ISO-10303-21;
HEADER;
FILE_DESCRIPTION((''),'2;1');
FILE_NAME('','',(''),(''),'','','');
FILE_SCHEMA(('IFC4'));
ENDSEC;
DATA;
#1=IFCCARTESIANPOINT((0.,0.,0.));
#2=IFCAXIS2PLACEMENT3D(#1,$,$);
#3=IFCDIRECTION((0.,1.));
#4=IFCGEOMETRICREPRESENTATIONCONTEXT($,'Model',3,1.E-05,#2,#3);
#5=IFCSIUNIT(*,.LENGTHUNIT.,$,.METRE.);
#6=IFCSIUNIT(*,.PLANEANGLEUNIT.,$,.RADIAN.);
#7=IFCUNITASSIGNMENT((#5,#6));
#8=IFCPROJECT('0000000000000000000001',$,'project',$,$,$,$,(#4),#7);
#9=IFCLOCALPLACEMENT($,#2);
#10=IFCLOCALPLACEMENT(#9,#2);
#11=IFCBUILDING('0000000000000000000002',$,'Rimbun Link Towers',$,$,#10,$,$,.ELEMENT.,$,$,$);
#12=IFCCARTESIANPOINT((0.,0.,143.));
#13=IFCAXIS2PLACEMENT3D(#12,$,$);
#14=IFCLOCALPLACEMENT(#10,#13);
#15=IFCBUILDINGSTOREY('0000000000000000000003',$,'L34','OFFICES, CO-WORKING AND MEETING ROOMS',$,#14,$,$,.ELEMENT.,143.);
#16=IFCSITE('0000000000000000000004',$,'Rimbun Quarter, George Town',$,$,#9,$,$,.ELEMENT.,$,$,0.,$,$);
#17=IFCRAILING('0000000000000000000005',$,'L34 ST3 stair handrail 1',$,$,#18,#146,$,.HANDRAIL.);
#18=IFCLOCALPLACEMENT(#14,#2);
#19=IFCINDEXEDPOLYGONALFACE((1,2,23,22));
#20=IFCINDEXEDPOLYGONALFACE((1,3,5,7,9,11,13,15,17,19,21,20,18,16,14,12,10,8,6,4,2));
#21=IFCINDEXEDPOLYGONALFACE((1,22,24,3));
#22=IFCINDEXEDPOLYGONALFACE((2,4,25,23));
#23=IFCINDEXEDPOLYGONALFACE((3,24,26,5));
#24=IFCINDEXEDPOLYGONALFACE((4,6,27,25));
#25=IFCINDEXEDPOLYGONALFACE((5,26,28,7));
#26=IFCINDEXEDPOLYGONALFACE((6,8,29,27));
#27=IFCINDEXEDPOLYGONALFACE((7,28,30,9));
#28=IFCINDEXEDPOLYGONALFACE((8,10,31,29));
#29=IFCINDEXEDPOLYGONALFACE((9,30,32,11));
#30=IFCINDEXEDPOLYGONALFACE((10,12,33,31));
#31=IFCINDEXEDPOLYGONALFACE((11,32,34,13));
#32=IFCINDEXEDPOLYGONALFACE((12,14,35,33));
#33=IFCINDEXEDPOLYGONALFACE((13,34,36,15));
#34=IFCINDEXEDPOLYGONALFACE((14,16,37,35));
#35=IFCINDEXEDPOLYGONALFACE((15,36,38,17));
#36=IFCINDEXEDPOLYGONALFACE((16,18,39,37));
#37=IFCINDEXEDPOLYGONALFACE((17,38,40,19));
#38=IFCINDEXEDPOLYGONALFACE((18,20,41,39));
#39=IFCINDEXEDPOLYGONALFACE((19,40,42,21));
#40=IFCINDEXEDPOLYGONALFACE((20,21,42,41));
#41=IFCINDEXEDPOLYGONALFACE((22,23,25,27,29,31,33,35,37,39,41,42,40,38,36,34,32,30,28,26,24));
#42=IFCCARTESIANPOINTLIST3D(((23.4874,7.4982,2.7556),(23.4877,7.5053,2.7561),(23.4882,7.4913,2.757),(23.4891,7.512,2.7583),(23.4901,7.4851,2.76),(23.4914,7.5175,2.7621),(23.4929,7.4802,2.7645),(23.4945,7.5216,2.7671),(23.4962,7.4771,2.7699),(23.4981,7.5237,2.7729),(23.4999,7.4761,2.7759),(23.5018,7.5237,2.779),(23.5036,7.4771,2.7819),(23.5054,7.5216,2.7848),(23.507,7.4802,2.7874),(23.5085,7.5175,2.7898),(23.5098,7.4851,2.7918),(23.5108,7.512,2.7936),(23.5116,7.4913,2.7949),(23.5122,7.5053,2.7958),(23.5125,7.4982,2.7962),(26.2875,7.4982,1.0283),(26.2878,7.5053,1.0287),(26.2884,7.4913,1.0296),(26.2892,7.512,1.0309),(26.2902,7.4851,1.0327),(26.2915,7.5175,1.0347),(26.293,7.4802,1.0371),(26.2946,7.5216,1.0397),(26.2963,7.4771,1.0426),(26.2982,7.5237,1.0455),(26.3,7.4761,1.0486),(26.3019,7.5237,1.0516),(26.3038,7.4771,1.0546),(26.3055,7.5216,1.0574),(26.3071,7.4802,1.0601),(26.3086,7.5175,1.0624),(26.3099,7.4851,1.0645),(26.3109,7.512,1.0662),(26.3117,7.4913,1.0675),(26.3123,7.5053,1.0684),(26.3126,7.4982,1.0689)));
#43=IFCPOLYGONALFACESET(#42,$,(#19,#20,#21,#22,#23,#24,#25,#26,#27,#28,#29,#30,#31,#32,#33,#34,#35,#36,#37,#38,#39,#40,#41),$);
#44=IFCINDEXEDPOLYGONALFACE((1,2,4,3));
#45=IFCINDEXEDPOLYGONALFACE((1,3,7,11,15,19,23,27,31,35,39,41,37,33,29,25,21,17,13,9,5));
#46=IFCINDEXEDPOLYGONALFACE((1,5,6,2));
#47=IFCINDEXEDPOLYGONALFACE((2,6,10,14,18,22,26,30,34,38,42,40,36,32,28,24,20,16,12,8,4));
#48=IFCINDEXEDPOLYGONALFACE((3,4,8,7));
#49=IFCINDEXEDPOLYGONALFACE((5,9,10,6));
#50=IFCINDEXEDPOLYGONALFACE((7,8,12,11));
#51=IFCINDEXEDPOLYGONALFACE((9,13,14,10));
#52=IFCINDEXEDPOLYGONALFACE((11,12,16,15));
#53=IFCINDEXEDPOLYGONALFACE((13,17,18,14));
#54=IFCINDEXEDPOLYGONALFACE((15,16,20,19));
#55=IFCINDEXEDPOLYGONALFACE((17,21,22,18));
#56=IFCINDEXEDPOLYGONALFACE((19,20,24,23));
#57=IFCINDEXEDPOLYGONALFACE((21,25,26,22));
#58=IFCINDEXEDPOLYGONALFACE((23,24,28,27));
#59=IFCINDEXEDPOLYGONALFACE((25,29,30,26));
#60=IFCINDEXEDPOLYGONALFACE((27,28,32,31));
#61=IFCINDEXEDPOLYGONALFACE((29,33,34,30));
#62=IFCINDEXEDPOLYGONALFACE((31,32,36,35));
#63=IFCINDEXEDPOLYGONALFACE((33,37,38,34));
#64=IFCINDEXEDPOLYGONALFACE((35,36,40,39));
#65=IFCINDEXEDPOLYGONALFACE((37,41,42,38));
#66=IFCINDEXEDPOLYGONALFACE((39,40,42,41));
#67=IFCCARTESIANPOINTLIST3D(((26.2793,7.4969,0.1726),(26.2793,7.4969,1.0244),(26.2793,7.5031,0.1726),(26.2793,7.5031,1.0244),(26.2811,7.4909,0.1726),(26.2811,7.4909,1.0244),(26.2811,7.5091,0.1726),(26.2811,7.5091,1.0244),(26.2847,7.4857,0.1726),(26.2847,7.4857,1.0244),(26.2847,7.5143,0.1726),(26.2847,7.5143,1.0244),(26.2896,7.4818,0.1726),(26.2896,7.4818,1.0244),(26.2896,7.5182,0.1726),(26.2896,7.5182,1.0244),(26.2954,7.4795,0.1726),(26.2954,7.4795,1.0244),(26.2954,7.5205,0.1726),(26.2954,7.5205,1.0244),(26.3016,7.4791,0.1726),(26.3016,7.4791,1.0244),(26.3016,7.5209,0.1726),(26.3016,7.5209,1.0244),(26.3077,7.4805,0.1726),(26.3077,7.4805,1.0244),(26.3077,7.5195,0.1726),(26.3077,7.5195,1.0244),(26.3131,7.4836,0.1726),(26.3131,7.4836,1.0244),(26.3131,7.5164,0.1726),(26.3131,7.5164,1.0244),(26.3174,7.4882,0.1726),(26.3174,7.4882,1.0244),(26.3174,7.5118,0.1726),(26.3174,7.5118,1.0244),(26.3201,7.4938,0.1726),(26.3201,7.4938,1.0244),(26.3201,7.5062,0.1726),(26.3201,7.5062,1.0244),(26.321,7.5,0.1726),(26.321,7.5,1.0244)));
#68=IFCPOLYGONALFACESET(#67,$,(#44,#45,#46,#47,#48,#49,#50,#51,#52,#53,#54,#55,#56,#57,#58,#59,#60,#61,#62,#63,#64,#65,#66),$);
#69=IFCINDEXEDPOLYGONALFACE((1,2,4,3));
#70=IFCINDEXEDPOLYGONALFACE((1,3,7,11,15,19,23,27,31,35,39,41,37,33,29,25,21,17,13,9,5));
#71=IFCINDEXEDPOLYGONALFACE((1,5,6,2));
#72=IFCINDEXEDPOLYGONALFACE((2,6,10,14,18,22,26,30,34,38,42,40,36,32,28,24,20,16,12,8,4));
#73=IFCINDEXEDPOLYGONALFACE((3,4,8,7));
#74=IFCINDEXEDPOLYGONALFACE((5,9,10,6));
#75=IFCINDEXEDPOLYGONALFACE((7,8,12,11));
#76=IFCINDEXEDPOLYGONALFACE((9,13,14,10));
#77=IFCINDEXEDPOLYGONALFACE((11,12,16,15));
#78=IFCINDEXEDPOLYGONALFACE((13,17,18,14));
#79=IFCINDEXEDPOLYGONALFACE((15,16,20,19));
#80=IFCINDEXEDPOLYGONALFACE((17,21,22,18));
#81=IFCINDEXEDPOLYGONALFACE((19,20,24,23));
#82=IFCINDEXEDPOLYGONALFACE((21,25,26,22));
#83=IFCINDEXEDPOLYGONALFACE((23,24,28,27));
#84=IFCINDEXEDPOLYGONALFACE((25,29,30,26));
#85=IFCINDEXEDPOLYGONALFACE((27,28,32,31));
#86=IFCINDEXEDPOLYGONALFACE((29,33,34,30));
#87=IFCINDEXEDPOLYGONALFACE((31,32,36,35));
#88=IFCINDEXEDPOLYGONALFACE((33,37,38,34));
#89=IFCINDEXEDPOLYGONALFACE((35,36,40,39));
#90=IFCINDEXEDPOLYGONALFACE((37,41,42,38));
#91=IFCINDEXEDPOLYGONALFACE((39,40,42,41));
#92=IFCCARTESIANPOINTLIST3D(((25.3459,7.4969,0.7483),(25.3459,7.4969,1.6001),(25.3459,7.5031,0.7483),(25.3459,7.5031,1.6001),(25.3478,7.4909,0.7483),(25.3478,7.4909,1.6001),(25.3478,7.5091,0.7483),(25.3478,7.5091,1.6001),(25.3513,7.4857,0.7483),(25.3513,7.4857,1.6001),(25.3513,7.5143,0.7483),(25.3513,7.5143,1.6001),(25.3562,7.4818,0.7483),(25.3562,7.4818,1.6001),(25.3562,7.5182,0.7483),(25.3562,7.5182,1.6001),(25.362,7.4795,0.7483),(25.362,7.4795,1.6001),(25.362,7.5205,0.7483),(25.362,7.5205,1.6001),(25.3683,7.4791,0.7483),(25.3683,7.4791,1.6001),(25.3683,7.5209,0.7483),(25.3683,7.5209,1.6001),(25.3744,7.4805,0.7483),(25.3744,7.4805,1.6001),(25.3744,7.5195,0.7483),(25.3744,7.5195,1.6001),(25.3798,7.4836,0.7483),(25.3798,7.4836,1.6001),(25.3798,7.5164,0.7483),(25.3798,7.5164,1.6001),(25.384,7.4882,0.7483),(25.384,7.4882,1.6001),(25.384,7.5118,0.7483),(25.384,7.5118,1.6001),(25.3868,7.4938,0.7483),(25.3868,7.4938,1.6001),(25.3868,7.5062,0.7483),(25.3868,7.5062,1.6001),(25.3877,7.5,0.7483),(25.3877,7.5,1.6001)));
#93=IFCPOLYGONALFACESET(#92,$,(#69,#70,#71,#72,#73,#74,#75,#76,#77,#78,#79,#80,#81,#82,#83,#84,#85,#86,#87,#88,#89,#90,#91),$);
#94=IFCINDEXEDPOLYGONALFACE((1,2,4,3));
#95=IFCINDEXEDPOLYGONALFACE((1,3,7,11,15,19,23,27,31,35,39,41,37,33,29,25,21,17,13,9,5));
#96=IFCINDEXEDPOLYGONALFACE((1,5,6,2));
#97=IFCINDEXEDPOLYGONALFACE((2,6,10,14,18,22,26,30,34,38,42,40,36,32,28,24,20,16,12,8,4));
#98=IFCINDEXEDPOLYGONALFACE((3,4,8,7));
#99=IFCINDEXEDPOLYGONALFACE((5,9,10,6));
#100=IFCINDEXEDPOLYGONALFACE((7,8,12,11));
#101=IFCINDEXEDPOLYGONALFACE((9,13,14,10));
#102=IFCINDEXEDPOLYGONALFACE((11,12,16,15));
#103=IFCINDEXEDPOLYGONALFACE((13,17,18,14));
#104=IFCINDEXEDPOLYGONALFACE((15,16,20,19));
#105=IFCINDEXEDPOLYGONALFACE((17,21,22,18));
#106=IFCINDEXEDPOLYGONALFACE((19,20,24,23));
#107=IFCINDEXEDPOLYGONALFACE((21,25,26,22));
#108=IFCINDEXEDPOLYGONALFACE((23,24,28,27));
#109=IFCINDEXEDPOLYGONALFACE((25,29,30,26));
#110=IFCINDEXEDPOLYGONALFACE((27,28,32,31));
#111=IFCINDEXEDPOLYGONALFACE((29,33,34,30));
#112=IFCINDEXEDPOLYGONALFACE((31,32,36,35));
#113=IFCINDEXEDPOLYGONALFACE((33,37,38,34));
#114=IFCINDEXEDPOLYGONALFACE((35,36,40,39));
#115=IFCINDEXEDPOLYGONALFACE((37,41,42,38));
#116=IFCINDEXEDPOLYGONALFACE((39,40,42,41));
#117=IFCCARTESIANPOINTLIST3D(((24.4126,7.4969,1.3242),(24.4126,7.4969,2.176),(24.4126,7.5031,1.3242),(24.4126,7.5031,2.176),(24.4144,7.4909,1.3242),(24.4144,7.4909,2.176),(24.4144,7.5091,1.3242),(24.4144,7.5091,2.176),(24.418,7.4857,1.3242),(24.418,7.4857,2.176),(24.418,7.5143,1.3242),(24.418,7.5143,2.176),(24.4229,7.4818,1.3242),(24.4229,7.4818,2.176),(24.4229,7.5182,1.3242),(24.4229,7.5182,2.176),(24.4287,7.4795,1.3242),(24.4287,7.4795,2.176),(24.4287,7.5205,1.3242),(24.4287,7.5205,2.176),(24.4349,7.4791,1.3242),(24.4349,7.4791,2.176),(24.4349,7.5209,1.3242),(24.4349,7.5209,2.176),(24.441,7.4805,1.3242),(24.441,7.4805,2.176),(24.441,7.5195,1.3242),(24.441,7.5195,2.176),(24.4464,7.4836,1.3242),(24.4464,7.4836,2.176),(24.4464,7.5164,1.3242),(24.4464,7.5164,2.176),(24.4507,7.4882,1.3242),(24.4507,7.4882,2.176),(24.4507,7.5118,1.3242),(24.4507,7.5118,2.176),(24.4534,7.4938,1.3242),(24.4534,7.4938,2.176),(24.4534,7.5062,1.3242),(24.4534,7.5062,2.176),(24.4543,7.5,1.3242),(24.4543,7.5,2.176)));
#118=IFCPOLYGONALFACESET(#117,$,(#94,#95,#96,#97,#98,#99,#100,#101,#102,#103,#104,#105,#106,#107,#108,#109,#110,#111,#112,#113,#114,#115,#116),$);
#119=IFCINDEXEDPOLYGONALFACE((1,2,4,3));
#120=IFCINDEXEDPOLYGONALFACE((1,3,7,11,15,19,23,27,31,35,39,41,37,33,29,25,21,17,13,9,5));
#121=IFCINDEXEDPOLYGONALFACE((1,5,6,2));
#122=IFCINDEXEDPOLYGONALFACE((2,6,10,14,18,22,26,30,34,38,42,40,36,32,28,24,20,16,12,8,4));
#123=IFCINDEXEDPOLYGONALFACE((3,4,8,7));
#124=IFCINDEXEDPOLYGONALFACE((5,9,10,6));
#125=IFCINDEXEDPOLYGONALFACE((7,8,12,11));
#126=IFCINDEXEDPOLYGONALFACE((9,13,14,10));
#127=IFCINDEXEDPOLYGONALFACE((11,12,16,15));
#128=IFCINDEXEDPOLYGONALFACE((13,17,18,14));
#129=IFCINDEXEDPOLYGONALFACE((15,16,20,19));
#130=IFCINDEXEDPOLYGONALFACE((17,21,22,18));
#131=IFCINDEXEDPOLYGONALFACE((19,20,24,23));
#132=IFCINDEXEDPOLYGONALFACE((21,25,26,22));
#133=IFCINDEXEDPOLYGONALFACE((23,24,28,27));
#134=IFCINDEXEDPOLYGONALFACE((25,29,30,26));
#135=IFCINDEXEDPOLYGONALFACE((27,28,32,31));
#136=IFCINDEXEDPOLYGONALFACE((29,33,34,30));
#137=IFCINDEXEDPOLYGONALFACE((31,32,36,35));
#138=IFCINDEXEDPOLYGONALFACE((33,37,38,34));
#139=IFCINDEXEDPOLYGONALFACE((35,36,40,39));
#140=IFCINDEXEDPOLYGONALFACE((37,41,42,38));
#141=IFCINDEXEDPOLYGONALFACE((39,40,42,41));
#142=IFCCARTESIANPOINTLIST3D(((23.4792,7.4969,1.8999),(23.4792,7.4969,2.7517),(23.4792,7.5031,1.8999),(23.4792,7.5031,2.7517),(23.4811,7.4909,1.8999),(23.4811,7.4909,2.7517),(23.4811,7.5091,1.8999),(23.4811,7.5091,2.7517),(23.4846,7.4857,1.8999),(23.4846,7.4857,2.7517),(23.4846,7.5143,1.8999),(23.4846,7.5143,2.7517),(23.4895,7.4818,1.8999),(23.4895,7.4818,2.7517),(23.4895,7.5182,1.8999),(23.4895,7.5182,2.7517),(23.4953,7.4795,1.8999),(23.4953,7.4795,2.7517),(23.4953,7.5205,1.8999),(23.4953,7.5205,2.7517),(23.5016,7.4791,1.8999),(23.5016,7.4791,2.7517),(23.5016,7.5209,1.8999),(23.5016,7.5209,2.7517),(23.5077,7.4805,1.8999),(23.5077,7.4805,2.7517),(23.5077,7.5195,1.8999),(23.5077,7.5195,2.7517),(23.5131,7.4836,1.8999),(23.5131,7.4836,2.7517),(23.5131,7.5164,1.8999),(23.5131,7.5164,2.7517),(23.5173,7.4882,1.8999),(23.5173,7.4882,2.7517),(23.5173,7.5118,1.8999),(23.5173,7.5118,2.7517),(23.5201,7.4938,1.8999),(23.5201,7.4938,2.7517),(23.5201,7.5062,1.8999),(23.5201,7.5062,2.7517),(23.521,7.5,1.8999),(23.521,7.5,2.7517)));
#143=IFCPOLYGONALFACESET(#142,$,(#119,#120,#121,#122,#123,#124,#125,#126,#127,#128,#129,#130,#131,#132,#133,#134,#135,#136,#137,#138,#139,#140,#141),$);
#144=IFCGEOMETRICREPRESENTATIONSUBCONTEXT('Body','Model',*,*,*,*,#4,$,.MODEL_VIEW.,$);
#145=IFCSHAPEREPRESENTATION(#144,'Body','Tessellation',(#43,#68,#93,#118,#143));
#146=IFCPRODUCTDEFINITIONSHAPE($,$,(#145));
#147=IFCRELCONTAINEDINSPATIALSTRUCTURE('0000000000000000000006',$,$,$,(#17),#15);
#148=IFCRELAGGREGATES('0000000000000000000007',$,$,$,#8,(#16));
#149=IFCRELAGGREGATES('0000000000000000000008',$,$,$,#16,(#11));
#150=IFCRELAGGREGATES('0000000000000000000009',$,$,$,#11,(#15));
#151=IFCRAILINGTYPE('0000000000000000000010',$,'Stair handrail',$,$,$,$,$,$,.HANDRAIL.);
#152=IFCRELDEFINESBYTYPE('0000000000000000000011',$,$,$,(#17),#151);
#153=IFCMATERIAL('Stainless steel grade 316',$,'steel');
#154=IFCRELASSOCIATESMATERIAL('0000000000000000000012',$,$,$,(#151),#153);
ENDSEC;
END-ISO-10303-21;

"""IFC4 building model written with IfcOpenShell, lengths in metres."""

from ifc_helpers import new_model, si_unit, direction, frame, origin, origin_2d, place, context, subcontext, project, spatial, circle, extrude, material, type_object, element, save


model = new_model("IFC4")

# Units and contexts
model_context = context("Model", 3, precision=1e-05, world=origin(), true_north=direction((0.0, 1.0)))
body_context = subcontext(model_context, "Body", "Model", "MODEL_VIEW")
ifc_project = project(units=[si_unit("LENGTHUNIT", "METRE"), si_unit("PLANEANGLEUNIT", "RADIAN")], contexts=[model_context])

# Site, building, storey
site_placement = place(None, origin())
site = spatial("IfcSite", under=ifc_project, at=site_placement, Name="Rimbun Quarter, George Town", CompositionType="ELEMENT", RefElevation=0.0)
building_placement = place(site_placement, origin())
building = spatial("IfcBuilding", under=site, at=building_placement, Name="Rimbun Link Towers", CompositionType="ELEMENT")
storey_placement = place(building_placement, frame((0.0, 0.0, 143.0)))
storey = spatial("IfcBuildingStorey", under=building, at=storey_placement, Name="L34", Description="OFFICES, CO-WORKING AND MEETING ROOMS", CompositionType="ELEMENT", Elevation=143.0)

# Railing
ifc_material_1 = material(Name="Stainless steel grade 316", Category="steel")
railing_type_1 = type_object("IfcRailingType", Name="Stair handrail", PredefinedType="HANDRAIL", material=ifc_material_1)
railing_1_placement = place(storey_placement, frame((26.3, 7.5, 0.1726)))
element("IfcRailing", 1, at=railing_1_placement, inside=storey, type_object=railing_type_1, Name="L34 ST3 stair handrail 1", PredefinedType="HANDRAIL", context=body_context, shape_type="SweptSolid", body=[
    extrude(circle(Radius=0.0239, at=origin_2d()), frame((0.0, 0.0, 0.876), z_axis=(-0.85109, 0.0, 0.52502), x_axis=(0.0, -1.0, 0.0)), (0.0, 0.0, 1.0), 3.29),
    extrude(circle(Radius=0.021, at=origin_2d()), origin(), (0.0, 0.0, 1.0), 0.8518),
    extrude(circle(Radius=0.021, at=origin_2d()), frame((-0.9333, 0.0, 0.5757)), (0.0, 0.0, 1.0), 0.8518),
    extrude(circle(Radius=0.021, at=origin_2d()), frame((-1.8667, 0.0, 1.1516)), (0.0, 0.0, 1.0), 0.8518),
    extrude(circle(Radius=0.021, at=origin_2d()), frame((-2.8, 0.0, 1.7273)), (0.0, 0.0, 1.0), 0.8518),
])

save(model, "model.ifc")
